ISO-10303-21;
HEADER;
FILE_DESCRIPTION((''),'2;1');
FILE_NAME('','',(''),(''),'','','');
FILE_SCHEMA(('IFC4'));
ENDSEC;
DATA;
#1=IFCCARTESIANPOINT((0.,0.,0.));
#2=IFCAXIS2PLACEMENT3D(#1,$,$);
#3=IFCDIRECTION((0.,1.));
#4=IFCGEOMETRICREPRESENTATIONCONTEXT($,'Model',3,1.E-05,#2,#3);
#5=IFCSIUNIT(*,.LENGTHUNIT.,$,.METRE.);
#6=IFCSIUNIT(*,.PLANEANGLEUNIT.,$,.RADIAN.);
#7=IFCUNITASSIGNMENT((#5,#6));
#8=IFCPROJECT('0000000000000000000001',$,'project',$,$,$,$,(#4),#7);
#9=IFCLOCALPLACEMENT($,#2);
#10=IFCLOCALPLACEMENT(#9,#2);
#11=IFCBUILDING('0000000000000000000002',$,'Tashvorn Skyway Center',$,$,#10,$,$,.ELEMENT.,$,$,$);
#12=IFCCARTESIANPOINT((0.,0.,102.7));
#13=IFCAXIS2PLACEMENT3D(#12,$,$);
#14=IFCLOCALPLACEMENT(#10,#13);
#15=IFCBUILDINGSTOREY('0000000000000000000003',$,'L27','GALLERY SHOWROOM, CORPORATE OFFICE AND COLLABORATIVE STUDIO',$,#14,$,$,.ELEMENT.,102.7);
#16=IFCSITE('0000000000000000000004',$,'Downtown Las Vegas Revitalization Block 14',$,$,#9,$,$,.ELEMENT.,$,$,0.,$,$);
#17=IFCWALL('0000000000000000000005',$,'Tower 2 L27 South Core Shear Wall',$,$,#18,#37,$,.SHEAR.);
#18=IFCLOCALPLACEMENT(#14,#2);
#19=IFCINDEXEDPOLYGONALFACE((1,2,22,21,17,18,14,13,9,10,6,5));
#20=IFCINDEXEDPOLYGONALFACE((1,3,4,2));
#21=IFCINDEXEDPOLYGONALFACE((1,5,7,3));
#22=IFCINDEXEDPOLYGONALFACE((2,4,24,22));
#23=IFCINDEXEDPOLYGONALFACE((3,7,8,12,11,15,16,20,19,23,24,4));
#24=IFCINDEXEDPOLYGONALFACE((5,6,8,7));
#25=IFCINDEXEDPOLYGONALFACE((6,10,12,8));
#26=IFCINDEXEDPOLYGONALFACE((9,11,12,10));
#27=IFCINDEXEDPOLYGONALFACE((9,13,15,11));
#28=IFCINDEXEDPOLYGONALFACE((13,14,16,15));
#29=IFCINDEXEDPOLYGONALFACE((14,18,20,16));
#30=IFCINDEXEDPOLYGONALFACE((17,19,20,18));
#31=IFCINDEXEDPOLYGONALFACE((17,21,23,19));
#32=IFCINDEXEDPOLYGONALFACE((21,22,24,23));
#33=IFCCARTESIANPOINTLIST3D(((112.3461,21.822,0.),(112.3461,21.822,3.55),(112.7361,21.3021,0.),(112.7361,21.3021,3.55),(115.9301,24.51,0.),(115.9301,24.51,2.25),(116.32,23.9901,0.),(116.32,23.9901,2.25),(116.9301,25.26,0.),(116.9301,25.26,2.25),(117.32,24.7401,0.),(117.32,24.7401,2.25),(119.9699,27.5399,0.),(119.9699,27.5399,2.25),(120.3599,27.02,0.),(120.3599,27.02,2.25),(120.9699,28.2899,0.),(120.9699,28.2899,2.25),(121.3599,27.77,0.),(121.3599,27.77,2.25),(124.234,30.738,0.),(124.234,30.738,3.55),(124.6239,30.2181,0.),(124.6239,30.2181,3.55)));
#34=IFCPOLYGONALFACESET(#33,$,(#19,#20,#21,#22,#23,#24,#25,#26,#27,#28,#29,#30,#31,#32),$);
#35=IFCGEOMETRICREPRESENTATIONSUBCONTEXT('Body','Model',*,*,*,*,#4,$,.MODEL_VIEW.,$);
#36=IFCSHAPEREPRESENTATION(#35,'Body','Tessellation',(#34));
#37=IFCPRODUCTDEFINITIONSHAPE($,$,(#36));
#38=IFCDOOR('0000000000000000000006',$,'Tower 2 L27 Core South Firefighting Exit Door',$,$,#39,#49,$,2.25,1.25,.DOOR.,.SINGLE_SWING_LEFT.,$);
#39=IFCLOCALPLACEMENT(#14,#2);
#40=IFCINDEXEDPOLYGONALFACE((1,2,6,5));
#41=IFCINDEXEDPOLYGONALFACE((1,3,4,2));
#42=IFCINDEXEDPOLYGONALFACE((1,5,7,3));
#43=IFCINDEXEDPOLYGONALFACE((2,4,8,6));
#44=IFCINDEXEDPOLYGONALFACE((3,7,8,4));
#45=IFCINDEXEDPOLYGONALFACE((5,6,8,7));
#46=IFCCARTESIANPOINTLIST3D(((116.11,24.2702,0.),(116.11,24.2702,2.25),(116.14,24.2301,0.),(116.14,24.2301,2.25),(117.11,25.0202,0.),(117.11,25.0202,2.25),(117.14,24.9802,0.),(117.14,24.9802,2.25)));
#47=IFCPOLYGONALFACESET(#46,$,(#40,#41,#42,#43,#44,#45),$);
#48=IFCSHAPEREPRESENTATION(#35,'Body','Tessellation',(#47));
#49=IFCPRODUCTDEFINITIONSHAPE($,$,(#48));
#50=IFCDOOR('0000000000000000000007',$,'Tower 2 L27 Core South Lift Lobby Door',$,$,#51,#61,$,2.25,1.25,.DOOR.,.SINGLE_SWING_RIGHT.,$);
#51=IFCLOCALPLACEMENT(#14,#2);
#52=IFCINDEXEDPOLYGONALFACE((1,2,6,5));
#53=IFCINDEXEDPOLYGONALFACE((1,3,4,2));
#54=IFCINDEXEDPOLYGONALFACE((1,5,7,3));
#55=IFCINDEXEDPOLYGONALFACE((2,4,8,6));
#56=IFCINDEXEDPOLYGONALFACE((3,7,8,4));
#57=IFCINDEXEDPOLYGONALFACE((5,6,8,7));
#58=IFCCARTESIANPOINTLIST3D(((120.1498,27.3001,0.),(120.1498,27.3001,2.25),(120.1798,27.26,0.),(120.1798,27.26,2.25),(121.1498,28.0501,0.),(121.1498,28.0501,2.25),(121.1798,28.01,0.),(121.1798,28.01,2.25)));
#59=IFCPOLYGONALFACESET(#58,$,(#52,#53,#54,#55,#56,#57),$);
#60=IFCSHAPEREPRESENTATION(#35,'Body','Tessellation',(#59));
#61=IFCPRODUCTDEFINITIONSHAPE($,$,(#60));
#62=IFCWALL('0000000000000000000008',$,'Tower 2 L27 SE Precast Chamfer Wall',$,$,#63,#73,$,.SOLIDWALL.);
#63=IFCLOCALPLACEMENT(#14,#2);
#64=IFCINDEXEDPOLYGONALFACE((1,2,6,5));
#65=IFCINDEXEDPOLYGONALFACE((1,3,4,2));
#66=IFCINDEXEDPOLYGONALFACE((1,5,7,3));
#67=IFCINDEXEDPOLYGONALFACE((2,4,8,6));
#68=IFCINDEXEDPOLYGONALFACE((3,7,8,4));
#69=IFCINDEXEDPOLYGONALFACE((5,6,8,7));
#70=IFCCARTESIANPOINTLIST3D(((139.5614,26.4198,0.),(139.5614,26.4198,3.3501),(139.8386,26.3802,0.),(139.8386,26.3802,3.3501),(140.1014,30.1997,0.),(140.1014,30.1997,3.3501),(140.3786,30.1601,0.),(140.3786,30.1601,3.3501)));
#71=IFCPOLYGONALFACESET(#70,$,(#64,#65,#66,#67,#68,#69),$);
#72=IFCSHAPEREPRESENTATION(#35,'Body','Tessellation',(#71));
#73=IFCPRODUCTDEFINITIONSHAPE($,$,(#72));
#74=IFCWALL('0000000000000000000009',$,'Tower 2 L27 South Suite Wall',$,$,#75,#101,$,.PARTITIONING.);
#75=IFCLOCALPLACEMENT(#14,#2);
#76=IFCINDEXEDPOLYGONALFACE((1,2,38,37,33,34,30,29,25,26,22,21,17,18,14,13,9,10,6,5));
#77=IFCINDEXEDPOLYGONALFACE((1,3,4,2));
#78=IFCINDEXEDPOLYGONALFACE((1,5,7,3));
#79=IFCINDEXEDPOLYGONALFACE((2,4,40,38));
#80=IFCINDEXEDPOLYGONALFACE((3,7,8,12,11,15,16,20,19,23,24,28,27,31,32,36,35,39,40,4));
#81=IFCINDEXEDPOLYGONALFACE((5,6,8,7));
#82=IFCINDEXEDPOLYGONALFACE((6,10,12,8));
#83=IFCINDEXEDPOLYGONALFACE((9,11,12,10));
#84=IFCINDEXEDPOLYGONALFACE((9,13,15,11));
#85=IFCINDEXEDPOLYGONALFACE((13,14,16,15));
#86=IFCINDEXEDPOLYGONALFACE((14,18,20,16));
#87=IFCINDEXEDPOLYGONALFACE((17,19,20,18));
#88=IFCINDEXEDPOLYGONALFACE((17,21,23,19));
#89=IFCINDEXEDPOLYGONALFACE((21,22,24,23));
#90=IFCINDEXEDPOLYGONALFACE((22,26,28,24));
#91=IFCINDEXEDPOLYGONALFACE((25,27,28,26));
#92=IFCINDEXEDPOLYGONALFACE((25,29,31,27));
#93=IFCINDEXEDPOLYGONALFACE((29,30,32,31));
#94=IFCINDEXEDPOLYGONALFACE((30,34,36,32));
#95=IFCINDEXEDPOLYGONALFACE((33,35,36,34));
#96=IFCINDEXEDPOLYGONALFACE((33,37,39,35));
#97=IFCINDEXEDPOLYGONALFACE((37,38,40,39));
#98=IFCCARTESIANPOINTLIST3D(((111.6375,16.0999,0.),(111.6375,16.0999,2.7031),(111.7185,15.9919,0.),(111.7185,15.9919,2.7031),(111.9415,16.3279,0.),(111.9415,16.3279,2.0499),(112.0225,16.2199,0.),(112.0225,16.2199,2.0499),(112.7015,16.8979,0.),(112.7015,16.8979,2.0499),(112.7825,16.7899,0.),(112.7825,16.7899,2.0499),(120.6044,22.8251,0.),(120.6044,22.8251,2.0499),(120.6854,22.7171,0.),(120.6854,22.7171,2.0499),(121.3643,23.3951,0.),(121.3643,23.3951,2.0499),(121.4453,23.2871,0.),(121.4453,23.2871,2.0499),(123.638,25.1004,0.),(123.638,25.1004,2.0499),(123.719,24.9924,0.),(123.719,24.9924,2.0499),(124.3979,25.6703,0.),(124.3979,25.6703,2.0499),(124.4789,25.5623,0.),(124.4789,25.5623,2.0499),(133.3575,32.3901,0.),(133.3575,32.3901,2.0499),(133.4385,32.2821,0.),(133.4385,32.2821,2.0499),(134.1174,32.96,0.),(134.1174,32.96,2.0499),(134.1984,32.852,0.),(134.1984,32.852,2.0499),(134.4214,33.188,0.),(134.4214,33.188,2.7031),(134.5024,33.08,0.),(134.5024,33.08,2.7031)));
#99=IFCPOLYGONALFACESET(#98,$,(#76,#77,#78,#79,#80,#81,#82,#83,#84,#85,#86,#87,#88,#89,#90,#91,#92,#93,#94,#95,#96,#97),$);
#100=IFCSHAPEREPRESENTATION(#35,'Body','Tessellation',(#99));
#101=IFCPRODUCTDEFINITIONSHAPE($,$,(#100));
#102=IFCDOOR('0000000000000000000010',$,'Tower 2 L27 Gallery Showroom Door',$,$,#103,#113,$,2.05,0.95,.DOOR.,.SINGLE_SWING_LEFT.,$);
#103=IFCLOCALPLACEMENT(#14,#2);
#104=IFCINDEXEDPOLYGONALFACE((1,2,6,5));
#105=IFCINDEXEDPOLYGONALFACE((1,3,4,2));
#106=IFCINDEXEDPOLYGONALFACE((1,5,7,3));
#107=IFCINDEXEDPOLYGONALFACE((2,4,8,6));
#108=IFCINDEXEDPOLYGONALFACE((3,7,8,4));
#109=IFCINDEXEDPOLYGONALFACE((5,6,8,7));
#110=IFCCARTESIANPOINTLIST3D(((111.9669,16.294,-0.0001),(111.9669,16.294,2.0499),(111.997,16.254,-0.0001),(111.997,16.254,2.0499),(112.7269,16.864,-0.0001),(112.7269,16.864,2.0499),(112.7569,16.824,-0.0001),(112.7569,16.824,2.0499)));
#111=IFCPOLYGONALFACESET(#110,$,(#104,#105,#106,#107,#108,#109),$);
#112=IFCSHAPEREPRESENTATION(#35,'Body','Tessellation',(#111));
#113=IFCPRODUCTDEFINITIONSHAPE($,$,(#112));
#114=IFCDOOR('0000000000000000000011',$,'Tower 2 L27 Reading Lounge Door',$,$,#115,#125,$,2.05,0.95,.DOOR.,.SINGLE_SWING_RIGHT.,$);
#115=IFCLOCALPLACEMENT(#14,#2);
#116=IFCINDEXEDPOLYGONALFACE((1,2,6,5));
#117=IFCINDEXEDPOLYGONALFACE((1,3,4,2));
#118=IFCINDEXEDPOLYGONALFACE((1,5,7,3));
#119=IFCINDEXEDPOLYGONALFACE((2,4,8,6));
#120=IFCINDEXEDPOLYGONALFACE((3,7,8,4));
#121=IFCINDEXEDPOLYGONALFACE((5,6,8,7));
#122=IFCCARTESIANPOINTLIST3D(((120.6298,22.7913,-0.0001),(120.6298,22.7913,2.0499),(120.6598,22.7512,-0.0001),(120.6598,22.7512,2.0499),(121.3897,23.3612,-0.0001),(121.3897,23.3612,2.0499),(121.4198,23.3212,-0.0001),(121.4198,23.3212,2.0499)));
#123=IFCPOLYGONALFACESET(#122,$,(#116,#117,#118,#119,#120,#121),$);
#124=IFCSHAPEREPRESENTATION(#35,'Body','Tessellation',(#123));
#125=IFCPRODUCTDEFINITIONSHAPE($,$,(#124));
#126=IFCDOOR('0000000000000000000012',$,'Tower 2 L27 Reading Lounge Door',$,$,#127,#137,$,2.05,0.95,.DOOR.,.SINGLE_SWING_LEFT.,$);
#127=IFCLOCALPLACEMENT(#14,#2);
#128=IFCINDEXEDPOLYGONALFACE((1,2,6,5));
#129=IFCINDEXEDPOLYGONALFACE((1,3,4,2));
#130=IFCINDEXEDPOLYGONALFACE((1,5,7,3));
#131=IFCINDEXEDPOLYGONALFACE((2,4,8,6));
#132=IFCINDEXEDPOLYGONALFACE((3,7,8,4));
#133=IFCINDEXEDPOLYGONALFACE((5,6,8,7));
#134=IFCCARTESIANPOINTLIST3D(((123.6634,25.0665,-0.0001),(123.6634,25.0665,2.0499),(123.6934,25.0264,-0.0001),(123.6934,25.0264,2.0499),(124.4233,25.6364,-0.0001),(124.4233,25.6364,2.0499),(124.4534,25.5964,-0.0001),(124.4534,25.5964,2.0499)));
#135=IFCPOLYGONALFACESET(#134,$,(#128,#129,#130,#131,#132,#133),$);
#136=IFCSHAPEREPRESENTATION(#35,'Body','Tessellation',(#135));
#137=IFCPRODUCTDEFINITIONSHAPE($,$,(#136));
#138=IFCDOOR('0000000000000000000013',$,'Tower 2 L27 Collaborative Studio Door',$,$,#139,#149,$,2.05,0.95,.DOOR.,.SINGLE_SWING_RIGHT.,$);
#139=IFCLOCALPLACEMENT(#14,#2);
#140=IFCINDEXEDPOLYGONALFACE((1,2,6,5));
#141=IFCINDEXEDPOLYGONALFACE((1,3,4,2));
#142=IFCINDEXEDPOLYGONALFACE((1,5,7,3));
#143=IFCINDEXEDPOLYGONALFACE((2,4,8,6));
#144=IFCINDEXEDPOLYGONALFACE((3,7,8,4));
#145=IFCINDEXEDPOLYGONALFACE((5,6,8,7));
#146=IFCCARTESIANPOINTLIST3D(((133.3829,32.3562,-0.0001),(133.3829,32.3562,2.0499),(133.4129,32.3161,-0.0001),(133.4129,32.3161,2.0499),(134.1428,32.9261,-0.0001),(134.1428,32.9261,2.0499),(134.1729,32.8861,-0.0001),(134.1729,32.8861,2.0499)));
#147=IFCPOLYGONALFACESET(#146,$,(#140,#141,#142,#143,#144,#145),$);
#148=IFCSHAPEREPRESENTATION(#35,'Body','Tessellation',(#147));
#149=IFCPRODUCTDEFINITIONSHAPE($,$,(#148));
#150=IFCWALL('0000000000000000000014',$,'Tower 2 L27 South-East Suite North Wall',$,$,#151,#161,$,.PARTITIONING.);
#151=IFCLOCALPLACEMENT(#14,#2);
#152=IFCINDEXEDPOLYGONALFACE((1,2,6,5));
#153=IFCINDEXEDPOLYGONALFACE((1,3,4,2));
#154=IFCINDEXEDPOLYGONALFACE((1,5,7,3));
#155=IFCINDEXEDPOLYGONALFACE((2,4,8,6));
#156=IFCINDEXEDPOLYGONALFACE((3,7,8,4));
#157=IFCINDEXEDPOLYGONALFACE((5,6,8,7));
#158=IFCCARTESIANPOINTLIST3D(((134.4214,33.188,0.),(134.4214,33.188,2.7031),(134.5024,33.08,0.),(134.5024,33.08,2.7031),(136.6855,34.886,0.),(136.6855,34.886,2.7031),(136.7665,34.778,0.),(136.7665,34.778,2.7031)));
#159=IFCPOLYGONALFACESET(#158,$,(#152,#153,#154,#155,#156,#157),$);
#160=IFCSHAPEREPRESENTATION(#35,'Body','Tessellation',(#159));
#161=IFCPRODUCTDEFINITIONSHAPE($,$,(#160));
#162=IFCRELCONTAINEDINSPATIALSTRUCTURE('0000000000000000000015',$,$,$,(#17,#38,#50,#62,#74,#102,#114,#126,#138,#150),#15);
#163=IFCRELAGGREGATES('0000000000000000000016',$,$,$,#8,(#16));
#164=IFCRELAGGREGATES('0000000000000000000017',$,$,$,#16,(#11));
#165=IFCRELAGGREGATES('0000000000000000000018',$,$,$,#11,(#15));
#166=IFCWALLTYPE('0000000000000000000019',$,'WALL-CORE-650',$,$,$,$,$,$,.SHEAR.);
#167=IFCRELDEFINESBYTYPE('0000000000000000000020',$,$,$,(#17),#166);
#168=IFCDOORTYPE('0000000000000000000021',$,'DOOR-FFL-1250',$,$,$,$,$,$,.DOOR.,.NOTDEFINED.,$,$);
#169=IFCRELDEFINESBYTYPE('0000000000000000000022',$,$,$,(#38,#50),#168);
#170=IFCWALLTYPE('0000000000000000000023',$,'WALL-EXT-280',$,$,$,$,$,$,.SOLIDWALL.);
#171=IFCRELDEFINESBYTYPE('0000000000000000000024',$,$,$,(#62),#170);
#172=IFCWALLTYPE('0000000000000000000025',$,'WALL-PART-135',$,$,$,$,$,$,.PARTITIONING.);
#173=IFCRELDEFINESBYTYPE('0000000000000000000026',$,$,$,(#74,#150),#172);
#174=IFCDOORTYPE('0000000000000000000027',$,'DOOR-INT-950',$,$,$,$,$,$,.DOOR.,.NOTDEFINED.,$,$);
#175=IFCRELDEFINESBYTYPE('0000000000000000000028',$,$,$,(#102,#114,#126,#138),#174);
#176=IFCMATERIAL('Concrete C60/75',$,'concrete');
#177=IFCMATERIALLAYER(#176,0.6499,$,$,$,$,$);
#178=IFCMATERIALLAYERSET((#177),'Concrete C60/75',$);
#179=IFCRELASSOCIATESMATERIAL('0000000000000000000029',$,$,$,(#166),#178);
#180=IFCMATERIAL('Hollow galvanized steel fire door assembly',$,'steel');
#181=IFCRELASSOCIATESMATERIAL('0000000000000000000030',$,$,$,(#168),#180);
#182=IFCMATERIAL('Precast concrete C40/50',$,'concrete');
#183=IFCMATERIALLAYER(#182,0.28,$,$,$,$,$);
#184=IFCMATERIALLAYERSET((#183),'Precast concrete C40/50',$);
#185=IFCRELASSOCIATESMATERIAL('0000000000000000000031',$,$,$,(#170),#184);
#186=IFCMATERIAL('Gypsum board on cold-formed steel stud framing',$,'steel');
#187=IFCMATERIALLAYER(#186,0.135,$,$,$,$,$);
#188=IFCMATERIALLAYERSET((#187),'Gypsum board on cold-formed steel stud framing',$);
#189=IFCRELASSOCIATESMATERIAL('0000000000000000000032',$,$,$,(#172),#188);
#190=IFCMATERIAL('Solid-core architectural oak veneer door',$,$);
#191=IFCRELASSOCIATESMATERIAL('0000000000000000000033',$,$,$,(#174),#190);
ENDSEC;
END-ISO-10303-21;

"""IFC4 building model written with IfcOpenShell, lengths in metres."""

from ifc_helpers import new_model, si_unit, direction, frame, frame_2d, origin, place, context, subcontext, project, spatial, rectangle, extrude, material, layer, layer_set, type_object, element, fill, save


model = new_model("IFC4")

# Units and contexts
model_context = context("Model", 3, precision=1e-05, world=origin(), true_north=direction((0.0, 1.0)))
body_context = subcontext(model_context, "Body", "Model", "MODEL_VIEW")
ifc_project = project(units=[si_unit("LENGTHUNIT", "METRE"), si_unit("PLANEANGLEUNIT", "RADIAN")], contexts=[model_context])

# Site, building, storey
site_placement = place(None, origin())
site = spatial("IfcSite", under=ifc_project, at=site_placement, Name="Downtown Las Vegas Revitalization Block 14", CompositionType="ELEMENT", RefElevation=0.0)
building_placement = place(site_placement, origin())
building = spatial("IfcBuilding", under=site, at=building_placement, Name="Tashvorn Skyway Center", CompositionType="ELEMENT")
storey_placement = place(building_placement, frame((0.0, 0.0, 102.7)))
storey = spatial("IfcBuildingStorey", under=building, at=storey_placement, Name="L27", Description="GALLERY SHOWROOM, CORPORATE OFFICE AND COLLABORATIVE STUDIO", CompositionType="ELEMENT", Elevation=102.7)

# Wall, openings, doors
ifc_material_1 = material(Name="Concrete C60/75", Category="concrete")
ifc_layer_1 = layer(ifc_material_1, 0.6499)
ifc_layer_set_1 = layer_set([ifc_layer_1], Name="Concrete C60/75")
wall_type_1 = type_object("IfcWallType", Name="WALL-CORE-650", PredefinedType="SHEAR", material=ifc_layer_set_1)
wall_1_placement = place(storey_placement, frame((124.429, 30.478, 0.0), z_axis=(0.0, 0.0, 1.0), x_axis=(-0.799998, -0.600003, 0.0)))
wall_1 = element("IfcWall", 1, at=wall_1_placement, inside=storey, type_object=wall_type_1, Name="Tower 2 L27 South Core Shear Wall", PredefinedType="SHEAR", context=body_context, shape_type="SweptSolid", body=[
    extrude(rectangle(XDim=14.8599, YDim=0.6499, at=frame_2d((7.4299, 0.0))), origin(), (0.0, 0.0, 1.0), 3.55),
])
opening_1_placement = place(wall_1_placement, frame((9.1299, 0.0, 0.0)))
opening_1 = element("IfcOpeningElement", 2, at=opening_1_placement, cuts=wall_1, PredefinedType="OPENING", context=body_context, shape_type="SweptSolid", body=[
    extrude(rectangle(XDim=1.25, YDim=2.25, at=frame_2d((0.625, 1.125))), frame((0.0, 0.335, 0.0), z_axis=(0.0, -1.0, 0.0), x_axis=(1.0, 0.0, 0.0)), (0.0, 0.0, 1.0), 0.6699),
])
opening_2_placement = place(wall_1_placement, frame((4.0801, 0.0, 0.0)))
opening_2 = element("IfcOpeningElement", 3, at=opening_2_placement, cuts=wall_1, PredefinedType="OPENING", context=body_context, shape_type="SweptSolid", body=[
    extrude(rectangle(XDim=1.25, YDim=2.25, at=frame_2d((0.625, 1.125))), frame((0.0, 0.335, 0.0), z_axis=(0.0, -1.0, 0.0), x_axis=(1.0, 0.0, 0.0)), (0.0, 0.0, 1.0), 0.6699),
])
ifc_material_2 = material(Name="Hollow galvanized steel fire door assembly", Category="steel")
door_type_1 = type_object("IfcDoorType", Name="DOOR-FFL-1250", OperationType="NOTDEFINED", PredefinedType="DOOR", material=ifc_material_2)
door_1_placement = place(opening_1_placement, origin())
door_1 = element("IfcDoor", 4, at=door_1_placement, inside=storey, type_object=door_type_1, Name="Tower 2 L27 Core South Firefighting Exit Door", OperationType="SINGLE_SWING_LEFT", OverallHeight=2.25, OverallWidth=1.25, PredefinedType="DOOR", context=body_context, shape_type="SweptSolid", body=[
    extrude(rectangle(XDim=1.25, YDim=2.25, at=frame_2d((0.625, 1.125))), frame((0.0, 0.0249, 0.0), z_axis=(0.0, -1.0, 0.0), x_axis=(1.0, 0.0, 0.0)), (0.0, 0.0, 1.0), 0.05),
])
fill(opening_1, door_1)
door_2_placement = place(opening_2_placement, origin())
door_2 = element("IfcDoor", 5, at=door_2_placement, inside=storey, type_object=door_type_1, Name="Tower 2 L27 Core South Lift Lobby Door", OperationType="SINGLE_SWING_RIGHT", OverallHeight=2.25, OverallWidth=1.25, PredefinedType="DOOR", context=body_context, shape_type="SweptSolid", body=[
    extrude(rectangle(XDim=1.25, YDim=2.25, at=frame_2d((0.625, 1.125))), frame((0.0, 0.0249, 0.0), z_axis=(0.0, -1.0, 0.0), x_axis=(1.0, 0.0, 0.0)), (0.0, 0.0, 1.0), 0.05),
])
fill(opening_2, door_2)

# Wall
ifc_material_3 = material(Name="Precast concrete C40/50", Category="concrete")
ifc_layer_2 = layer(ifc_material_3, 0.28)
ifc_layer_set_2 = layer_set([ifc_layer_2], Name="Precast concrete C40/50")
wall_type_2 = type_object("IfcWallType", Name="WALL-EXT-280", PredefinedType="SOLIDWALL", material=ifc_layer_set_2)
wall_2_placement = place(storey_placement, frame((140.24, 30.1799, 0.0), z_axis=(0.0, 0.0, 1.0), x_axis=(-0.14143, -0.989948, 0.0)))
element("IfcWall", 6, at=wall_2_placement, inside=storey, type_object=wall_type_2, Name="Tower 2 L27 SE Precast Chamfer Wall", PredefinedType="SOLIDWALL", context=body_context, shape_type="SweptSolid", body=[
    extrude(rectangle(XDim=3.8184, YDim=0.28, at=frame_2d((1.9092, 0.0))), origin(), (0.0, 0.0, 1.0), 3.3501),
])

# Wall, openings, doors
ifc_material_4 = material(Name="Gypsum board on cold-formed steel stud framing", Category="steel")
ifc_layer_3 = layer(ifc_material_4, 0.135)
ifc_layer_set_3 = layer_set([ifc_layer_3], Name="Gypsum board on cold-formed steel stud framing")
wall_type_3 = type_object("IfcWallType", Name="WALL-PART-135", PredefinedType="PARTITIONING", material=ifc_layer_set_3)
wall_3_placement = place(storey_placement, frame((134.4619, 33.134, 0.0), z_axis=(0.0, 0.0, 1.0), x_axis=(-0.799997, -0.600004, 0.0)))
wall_3 = element("IfcWall", 7, at=wall_3_placement, inside=storey, type_object=wall_type_3, Name="Tower 2 L27 South Suite Wall", PredefinedType="PARTITIONING", context=body_context, shape_type="SweptSolid", body=[
    extrude(rectangle(XDim=28.48, YDim=0.135, at=frame_2d((14.24, 0.0))), origin(), (0.0, 0.0, 1.0), 2.7031),
])
opening_3_placement = place(wall_3_placement, frame((27.1499, 0.0, 0.0)))
opening_3 = element("IfcOpeningElement", 8, at=opening_3_placement, cuts=wall_3, PredefinedType="OPENING", context=body_context, shape_type="SweptSolid", body=[
    extrude(rectangle(XDim=0.95, YDim=2.05, at=frame_2d((0.4751, 1.0249))), frame((0.0, 0.0774, 0.0), z_axis=(0.0, -1.0, 0.0), x_axis=(1.0, 0.0, 0.0)), (0.0, 0.0, 1.0), 0.155),
])
opening_4_placement = place(wall_3_placement, frame((16.3213, 0.0, 0.0)))
opening_4 = element("IfcOpeningElement", 9, at=opening_4_placement, cuts=wall_3, PredefinedType="OPENING", context=body_context, shape_type="SweptSolid", body=[
    extrude(rectangle(XDim=0.95, YDim=2.05, at=frame_2d((0.4751, 1.0249))), frame((0.0, 0.0774, 0.0), z_axis=(0.0, -1.0, 0.0), x_axis=(1.0, 0.0, 0.0)), (0.0, 0.0, 1.0), 0.155),
])
opening_5_placement = place(wall_3_placement, frame((12.5293, 0.0, 0.0)))
opening_5 = element("IfcOpeningElement", 10, at=opening_5_placement, cuts=wall_3, PredefinedType="OPENING", context=body_context, shape_type="SweptSolid", body=[
    extrude(rectangle(XDim=0.95, YDim=2.05, at=frame_2d((0.4751, 1.0249))), frame((0.0, 0.0774, 0.0), z_axis=(0.0, -1.0, 0.0), x_axis=(1.0, 0.0, 0.0)), (0.0, 0.0, 1.0), 0.155),
])
opening_6_placement = place(wall_3_placement, frame((0.3799, 0.0, 0.0)))
opening_6 = element("IfcOpeningElement", 11, at=opening_6_placement, cuts=wall_3, PredefinedType="OPENING", context=body_context, shape_type="SweptSolid", body=[
    extrude(rectangle(XDim=0.95, YDim=2.05, at=frame_2d((0.4751, 1.0249))), frame((0.0, 0.0774, 0.0), z_axis=(0.0, -1.0, 0.0), x_axis=(1.0, 0.0, 0.0)), (0.0, 0.0, 1.0), 0.155),
])
ifc_material_5 = material(Name="Solid-core architectural oak veneer door")
door_type_2 = type_object("IfcDoorType", Name="DOOR-INT-950", OperationType="NOTDEFINED", PredefinedType="DOOR", material=ifc_material_5)
door_3_placement = place(opening_3_placement, origin())
door_3 = element("IfcDoor", 12, at=door_3_placement, inside=storey, type_object=door_type_2, Name="Tower 2 L27 Gallery Showroom Door", OperationType="SINGLE_SWING_LEFT", OverallHeight=2.05, OverallWidth=0.95, PredefinedType="DOOR", context=body_context, shape_type="SweptSolid", body=[
    extrude(rectangle(XDim=0.95, YDim=2.05, at=frame_2d((0.4751, 1.0249))), frame((0.0, 0.0249, 0.0), z_axis=(0.0, -1.0, 0.0), x_axis=(1.0, 0.0, 0.0)), (0.0, 0.0, 1.0), 0.05),
])
fill(opening_3, door_3)
door_4_placement = place(opening_4_placement, origin())
door_4 = element("IfcDoor", 13, at=door_4_placement, inside=storey, type_object=door_type_2, Name="Tower 2 L27 Reading Lounge Door", OperationType="SINGLE_SWING_RIGHT", OverallHeight=2.05, OverallWidth=0.95, PredefinedType="DOOR", context=body_context, shape_type="SweptSolid", body=[
    extrude(rectangle(XDim=0.95, YDim=2.05, at=frame_2d((0.4751, 1.0249))), frame((0.0, 0.0249, 0.0), z_axis=(0.0, -1.0, 0.0), x_axis=(1.0, 0.0, 0.0)), (0.0, 0.0, 1.0), 0.05),
])
fill(opening_4, door_4)
door_5_placement = place(opening_5_placement, origin())
door_5 = element("IfcDoor", 14, at=door_5_placement, inside=storey, type_object=door_type_2, Name="Tower 2 L27 Reading Lounge Door", OperationType="SINGLE_SWING_LEFT", OverallHeight=2.05, OverallWidth=0.95, PredefinedType="DOOR", context=body_context, shape_type="SweptSolid", body=[
    extrude(rectangle(XDim=0.95, YDim=2.05, at=frame_2d((0.4751, 1.0249))), frame((0.0, 0.0249, 0.0), z_axis=(0.0, -1.0, 0.0), x_axis=(1.0, 0.0, 0.0)), (0.0, 0.0, 1.0), 0.05),
])
fill(opening_5, door_5)
door_6_placement = place(opening_6_placement, origin())
door_6 = element("IfcDoor", 15, at=door_6_placement, inside=storey, type_object=door_type_2, Name="Tower 2 L27 Collaborative Studio Door", OperationType="SINGLE_SWING_RIGHT", OverallHeight=2.05, OverallWidth=0.95, PredefinedType="DOOR", context=body_context, shape_type="SweptSolid", body=[
    extrude(rectangle(XDim=0.95, YDim=2.05, at=frame_2d((0.4751, 1.0249))), frame((0.0, 0.0249, 0.0), z_axis=(0.0, -1.0, 0.0), x_axis=(1.0, 0.0, 0.0)), (0.0, 0.0, 1.0), 0.05),
])
fill(opening_6, door_6)

# Wall
wall_4_placement = place(storey_placement, frame((134.4619, 33.134, 0.0), z_axis=(0.0, 0.0, 1.0), x_axis=(0.800021, 0.599972, 0.0)))
element("IfcWall", 16, at=wall_4_placement, inside=storey, type_object=wall_type_3, Name="Tower 2 L27 South-East Suite North Wall", PredefinedType="PARTITIONING", context=body_context, shape_type="SweptSolid", body=[
    extrude(rectangle(XDim=2.8301, YDim=0.135, at=frame_2d((1.415, 0.0))), origin(), (0.0, 0.0, 1.0), 2.7031),
])

save(model, "model.ifc")
